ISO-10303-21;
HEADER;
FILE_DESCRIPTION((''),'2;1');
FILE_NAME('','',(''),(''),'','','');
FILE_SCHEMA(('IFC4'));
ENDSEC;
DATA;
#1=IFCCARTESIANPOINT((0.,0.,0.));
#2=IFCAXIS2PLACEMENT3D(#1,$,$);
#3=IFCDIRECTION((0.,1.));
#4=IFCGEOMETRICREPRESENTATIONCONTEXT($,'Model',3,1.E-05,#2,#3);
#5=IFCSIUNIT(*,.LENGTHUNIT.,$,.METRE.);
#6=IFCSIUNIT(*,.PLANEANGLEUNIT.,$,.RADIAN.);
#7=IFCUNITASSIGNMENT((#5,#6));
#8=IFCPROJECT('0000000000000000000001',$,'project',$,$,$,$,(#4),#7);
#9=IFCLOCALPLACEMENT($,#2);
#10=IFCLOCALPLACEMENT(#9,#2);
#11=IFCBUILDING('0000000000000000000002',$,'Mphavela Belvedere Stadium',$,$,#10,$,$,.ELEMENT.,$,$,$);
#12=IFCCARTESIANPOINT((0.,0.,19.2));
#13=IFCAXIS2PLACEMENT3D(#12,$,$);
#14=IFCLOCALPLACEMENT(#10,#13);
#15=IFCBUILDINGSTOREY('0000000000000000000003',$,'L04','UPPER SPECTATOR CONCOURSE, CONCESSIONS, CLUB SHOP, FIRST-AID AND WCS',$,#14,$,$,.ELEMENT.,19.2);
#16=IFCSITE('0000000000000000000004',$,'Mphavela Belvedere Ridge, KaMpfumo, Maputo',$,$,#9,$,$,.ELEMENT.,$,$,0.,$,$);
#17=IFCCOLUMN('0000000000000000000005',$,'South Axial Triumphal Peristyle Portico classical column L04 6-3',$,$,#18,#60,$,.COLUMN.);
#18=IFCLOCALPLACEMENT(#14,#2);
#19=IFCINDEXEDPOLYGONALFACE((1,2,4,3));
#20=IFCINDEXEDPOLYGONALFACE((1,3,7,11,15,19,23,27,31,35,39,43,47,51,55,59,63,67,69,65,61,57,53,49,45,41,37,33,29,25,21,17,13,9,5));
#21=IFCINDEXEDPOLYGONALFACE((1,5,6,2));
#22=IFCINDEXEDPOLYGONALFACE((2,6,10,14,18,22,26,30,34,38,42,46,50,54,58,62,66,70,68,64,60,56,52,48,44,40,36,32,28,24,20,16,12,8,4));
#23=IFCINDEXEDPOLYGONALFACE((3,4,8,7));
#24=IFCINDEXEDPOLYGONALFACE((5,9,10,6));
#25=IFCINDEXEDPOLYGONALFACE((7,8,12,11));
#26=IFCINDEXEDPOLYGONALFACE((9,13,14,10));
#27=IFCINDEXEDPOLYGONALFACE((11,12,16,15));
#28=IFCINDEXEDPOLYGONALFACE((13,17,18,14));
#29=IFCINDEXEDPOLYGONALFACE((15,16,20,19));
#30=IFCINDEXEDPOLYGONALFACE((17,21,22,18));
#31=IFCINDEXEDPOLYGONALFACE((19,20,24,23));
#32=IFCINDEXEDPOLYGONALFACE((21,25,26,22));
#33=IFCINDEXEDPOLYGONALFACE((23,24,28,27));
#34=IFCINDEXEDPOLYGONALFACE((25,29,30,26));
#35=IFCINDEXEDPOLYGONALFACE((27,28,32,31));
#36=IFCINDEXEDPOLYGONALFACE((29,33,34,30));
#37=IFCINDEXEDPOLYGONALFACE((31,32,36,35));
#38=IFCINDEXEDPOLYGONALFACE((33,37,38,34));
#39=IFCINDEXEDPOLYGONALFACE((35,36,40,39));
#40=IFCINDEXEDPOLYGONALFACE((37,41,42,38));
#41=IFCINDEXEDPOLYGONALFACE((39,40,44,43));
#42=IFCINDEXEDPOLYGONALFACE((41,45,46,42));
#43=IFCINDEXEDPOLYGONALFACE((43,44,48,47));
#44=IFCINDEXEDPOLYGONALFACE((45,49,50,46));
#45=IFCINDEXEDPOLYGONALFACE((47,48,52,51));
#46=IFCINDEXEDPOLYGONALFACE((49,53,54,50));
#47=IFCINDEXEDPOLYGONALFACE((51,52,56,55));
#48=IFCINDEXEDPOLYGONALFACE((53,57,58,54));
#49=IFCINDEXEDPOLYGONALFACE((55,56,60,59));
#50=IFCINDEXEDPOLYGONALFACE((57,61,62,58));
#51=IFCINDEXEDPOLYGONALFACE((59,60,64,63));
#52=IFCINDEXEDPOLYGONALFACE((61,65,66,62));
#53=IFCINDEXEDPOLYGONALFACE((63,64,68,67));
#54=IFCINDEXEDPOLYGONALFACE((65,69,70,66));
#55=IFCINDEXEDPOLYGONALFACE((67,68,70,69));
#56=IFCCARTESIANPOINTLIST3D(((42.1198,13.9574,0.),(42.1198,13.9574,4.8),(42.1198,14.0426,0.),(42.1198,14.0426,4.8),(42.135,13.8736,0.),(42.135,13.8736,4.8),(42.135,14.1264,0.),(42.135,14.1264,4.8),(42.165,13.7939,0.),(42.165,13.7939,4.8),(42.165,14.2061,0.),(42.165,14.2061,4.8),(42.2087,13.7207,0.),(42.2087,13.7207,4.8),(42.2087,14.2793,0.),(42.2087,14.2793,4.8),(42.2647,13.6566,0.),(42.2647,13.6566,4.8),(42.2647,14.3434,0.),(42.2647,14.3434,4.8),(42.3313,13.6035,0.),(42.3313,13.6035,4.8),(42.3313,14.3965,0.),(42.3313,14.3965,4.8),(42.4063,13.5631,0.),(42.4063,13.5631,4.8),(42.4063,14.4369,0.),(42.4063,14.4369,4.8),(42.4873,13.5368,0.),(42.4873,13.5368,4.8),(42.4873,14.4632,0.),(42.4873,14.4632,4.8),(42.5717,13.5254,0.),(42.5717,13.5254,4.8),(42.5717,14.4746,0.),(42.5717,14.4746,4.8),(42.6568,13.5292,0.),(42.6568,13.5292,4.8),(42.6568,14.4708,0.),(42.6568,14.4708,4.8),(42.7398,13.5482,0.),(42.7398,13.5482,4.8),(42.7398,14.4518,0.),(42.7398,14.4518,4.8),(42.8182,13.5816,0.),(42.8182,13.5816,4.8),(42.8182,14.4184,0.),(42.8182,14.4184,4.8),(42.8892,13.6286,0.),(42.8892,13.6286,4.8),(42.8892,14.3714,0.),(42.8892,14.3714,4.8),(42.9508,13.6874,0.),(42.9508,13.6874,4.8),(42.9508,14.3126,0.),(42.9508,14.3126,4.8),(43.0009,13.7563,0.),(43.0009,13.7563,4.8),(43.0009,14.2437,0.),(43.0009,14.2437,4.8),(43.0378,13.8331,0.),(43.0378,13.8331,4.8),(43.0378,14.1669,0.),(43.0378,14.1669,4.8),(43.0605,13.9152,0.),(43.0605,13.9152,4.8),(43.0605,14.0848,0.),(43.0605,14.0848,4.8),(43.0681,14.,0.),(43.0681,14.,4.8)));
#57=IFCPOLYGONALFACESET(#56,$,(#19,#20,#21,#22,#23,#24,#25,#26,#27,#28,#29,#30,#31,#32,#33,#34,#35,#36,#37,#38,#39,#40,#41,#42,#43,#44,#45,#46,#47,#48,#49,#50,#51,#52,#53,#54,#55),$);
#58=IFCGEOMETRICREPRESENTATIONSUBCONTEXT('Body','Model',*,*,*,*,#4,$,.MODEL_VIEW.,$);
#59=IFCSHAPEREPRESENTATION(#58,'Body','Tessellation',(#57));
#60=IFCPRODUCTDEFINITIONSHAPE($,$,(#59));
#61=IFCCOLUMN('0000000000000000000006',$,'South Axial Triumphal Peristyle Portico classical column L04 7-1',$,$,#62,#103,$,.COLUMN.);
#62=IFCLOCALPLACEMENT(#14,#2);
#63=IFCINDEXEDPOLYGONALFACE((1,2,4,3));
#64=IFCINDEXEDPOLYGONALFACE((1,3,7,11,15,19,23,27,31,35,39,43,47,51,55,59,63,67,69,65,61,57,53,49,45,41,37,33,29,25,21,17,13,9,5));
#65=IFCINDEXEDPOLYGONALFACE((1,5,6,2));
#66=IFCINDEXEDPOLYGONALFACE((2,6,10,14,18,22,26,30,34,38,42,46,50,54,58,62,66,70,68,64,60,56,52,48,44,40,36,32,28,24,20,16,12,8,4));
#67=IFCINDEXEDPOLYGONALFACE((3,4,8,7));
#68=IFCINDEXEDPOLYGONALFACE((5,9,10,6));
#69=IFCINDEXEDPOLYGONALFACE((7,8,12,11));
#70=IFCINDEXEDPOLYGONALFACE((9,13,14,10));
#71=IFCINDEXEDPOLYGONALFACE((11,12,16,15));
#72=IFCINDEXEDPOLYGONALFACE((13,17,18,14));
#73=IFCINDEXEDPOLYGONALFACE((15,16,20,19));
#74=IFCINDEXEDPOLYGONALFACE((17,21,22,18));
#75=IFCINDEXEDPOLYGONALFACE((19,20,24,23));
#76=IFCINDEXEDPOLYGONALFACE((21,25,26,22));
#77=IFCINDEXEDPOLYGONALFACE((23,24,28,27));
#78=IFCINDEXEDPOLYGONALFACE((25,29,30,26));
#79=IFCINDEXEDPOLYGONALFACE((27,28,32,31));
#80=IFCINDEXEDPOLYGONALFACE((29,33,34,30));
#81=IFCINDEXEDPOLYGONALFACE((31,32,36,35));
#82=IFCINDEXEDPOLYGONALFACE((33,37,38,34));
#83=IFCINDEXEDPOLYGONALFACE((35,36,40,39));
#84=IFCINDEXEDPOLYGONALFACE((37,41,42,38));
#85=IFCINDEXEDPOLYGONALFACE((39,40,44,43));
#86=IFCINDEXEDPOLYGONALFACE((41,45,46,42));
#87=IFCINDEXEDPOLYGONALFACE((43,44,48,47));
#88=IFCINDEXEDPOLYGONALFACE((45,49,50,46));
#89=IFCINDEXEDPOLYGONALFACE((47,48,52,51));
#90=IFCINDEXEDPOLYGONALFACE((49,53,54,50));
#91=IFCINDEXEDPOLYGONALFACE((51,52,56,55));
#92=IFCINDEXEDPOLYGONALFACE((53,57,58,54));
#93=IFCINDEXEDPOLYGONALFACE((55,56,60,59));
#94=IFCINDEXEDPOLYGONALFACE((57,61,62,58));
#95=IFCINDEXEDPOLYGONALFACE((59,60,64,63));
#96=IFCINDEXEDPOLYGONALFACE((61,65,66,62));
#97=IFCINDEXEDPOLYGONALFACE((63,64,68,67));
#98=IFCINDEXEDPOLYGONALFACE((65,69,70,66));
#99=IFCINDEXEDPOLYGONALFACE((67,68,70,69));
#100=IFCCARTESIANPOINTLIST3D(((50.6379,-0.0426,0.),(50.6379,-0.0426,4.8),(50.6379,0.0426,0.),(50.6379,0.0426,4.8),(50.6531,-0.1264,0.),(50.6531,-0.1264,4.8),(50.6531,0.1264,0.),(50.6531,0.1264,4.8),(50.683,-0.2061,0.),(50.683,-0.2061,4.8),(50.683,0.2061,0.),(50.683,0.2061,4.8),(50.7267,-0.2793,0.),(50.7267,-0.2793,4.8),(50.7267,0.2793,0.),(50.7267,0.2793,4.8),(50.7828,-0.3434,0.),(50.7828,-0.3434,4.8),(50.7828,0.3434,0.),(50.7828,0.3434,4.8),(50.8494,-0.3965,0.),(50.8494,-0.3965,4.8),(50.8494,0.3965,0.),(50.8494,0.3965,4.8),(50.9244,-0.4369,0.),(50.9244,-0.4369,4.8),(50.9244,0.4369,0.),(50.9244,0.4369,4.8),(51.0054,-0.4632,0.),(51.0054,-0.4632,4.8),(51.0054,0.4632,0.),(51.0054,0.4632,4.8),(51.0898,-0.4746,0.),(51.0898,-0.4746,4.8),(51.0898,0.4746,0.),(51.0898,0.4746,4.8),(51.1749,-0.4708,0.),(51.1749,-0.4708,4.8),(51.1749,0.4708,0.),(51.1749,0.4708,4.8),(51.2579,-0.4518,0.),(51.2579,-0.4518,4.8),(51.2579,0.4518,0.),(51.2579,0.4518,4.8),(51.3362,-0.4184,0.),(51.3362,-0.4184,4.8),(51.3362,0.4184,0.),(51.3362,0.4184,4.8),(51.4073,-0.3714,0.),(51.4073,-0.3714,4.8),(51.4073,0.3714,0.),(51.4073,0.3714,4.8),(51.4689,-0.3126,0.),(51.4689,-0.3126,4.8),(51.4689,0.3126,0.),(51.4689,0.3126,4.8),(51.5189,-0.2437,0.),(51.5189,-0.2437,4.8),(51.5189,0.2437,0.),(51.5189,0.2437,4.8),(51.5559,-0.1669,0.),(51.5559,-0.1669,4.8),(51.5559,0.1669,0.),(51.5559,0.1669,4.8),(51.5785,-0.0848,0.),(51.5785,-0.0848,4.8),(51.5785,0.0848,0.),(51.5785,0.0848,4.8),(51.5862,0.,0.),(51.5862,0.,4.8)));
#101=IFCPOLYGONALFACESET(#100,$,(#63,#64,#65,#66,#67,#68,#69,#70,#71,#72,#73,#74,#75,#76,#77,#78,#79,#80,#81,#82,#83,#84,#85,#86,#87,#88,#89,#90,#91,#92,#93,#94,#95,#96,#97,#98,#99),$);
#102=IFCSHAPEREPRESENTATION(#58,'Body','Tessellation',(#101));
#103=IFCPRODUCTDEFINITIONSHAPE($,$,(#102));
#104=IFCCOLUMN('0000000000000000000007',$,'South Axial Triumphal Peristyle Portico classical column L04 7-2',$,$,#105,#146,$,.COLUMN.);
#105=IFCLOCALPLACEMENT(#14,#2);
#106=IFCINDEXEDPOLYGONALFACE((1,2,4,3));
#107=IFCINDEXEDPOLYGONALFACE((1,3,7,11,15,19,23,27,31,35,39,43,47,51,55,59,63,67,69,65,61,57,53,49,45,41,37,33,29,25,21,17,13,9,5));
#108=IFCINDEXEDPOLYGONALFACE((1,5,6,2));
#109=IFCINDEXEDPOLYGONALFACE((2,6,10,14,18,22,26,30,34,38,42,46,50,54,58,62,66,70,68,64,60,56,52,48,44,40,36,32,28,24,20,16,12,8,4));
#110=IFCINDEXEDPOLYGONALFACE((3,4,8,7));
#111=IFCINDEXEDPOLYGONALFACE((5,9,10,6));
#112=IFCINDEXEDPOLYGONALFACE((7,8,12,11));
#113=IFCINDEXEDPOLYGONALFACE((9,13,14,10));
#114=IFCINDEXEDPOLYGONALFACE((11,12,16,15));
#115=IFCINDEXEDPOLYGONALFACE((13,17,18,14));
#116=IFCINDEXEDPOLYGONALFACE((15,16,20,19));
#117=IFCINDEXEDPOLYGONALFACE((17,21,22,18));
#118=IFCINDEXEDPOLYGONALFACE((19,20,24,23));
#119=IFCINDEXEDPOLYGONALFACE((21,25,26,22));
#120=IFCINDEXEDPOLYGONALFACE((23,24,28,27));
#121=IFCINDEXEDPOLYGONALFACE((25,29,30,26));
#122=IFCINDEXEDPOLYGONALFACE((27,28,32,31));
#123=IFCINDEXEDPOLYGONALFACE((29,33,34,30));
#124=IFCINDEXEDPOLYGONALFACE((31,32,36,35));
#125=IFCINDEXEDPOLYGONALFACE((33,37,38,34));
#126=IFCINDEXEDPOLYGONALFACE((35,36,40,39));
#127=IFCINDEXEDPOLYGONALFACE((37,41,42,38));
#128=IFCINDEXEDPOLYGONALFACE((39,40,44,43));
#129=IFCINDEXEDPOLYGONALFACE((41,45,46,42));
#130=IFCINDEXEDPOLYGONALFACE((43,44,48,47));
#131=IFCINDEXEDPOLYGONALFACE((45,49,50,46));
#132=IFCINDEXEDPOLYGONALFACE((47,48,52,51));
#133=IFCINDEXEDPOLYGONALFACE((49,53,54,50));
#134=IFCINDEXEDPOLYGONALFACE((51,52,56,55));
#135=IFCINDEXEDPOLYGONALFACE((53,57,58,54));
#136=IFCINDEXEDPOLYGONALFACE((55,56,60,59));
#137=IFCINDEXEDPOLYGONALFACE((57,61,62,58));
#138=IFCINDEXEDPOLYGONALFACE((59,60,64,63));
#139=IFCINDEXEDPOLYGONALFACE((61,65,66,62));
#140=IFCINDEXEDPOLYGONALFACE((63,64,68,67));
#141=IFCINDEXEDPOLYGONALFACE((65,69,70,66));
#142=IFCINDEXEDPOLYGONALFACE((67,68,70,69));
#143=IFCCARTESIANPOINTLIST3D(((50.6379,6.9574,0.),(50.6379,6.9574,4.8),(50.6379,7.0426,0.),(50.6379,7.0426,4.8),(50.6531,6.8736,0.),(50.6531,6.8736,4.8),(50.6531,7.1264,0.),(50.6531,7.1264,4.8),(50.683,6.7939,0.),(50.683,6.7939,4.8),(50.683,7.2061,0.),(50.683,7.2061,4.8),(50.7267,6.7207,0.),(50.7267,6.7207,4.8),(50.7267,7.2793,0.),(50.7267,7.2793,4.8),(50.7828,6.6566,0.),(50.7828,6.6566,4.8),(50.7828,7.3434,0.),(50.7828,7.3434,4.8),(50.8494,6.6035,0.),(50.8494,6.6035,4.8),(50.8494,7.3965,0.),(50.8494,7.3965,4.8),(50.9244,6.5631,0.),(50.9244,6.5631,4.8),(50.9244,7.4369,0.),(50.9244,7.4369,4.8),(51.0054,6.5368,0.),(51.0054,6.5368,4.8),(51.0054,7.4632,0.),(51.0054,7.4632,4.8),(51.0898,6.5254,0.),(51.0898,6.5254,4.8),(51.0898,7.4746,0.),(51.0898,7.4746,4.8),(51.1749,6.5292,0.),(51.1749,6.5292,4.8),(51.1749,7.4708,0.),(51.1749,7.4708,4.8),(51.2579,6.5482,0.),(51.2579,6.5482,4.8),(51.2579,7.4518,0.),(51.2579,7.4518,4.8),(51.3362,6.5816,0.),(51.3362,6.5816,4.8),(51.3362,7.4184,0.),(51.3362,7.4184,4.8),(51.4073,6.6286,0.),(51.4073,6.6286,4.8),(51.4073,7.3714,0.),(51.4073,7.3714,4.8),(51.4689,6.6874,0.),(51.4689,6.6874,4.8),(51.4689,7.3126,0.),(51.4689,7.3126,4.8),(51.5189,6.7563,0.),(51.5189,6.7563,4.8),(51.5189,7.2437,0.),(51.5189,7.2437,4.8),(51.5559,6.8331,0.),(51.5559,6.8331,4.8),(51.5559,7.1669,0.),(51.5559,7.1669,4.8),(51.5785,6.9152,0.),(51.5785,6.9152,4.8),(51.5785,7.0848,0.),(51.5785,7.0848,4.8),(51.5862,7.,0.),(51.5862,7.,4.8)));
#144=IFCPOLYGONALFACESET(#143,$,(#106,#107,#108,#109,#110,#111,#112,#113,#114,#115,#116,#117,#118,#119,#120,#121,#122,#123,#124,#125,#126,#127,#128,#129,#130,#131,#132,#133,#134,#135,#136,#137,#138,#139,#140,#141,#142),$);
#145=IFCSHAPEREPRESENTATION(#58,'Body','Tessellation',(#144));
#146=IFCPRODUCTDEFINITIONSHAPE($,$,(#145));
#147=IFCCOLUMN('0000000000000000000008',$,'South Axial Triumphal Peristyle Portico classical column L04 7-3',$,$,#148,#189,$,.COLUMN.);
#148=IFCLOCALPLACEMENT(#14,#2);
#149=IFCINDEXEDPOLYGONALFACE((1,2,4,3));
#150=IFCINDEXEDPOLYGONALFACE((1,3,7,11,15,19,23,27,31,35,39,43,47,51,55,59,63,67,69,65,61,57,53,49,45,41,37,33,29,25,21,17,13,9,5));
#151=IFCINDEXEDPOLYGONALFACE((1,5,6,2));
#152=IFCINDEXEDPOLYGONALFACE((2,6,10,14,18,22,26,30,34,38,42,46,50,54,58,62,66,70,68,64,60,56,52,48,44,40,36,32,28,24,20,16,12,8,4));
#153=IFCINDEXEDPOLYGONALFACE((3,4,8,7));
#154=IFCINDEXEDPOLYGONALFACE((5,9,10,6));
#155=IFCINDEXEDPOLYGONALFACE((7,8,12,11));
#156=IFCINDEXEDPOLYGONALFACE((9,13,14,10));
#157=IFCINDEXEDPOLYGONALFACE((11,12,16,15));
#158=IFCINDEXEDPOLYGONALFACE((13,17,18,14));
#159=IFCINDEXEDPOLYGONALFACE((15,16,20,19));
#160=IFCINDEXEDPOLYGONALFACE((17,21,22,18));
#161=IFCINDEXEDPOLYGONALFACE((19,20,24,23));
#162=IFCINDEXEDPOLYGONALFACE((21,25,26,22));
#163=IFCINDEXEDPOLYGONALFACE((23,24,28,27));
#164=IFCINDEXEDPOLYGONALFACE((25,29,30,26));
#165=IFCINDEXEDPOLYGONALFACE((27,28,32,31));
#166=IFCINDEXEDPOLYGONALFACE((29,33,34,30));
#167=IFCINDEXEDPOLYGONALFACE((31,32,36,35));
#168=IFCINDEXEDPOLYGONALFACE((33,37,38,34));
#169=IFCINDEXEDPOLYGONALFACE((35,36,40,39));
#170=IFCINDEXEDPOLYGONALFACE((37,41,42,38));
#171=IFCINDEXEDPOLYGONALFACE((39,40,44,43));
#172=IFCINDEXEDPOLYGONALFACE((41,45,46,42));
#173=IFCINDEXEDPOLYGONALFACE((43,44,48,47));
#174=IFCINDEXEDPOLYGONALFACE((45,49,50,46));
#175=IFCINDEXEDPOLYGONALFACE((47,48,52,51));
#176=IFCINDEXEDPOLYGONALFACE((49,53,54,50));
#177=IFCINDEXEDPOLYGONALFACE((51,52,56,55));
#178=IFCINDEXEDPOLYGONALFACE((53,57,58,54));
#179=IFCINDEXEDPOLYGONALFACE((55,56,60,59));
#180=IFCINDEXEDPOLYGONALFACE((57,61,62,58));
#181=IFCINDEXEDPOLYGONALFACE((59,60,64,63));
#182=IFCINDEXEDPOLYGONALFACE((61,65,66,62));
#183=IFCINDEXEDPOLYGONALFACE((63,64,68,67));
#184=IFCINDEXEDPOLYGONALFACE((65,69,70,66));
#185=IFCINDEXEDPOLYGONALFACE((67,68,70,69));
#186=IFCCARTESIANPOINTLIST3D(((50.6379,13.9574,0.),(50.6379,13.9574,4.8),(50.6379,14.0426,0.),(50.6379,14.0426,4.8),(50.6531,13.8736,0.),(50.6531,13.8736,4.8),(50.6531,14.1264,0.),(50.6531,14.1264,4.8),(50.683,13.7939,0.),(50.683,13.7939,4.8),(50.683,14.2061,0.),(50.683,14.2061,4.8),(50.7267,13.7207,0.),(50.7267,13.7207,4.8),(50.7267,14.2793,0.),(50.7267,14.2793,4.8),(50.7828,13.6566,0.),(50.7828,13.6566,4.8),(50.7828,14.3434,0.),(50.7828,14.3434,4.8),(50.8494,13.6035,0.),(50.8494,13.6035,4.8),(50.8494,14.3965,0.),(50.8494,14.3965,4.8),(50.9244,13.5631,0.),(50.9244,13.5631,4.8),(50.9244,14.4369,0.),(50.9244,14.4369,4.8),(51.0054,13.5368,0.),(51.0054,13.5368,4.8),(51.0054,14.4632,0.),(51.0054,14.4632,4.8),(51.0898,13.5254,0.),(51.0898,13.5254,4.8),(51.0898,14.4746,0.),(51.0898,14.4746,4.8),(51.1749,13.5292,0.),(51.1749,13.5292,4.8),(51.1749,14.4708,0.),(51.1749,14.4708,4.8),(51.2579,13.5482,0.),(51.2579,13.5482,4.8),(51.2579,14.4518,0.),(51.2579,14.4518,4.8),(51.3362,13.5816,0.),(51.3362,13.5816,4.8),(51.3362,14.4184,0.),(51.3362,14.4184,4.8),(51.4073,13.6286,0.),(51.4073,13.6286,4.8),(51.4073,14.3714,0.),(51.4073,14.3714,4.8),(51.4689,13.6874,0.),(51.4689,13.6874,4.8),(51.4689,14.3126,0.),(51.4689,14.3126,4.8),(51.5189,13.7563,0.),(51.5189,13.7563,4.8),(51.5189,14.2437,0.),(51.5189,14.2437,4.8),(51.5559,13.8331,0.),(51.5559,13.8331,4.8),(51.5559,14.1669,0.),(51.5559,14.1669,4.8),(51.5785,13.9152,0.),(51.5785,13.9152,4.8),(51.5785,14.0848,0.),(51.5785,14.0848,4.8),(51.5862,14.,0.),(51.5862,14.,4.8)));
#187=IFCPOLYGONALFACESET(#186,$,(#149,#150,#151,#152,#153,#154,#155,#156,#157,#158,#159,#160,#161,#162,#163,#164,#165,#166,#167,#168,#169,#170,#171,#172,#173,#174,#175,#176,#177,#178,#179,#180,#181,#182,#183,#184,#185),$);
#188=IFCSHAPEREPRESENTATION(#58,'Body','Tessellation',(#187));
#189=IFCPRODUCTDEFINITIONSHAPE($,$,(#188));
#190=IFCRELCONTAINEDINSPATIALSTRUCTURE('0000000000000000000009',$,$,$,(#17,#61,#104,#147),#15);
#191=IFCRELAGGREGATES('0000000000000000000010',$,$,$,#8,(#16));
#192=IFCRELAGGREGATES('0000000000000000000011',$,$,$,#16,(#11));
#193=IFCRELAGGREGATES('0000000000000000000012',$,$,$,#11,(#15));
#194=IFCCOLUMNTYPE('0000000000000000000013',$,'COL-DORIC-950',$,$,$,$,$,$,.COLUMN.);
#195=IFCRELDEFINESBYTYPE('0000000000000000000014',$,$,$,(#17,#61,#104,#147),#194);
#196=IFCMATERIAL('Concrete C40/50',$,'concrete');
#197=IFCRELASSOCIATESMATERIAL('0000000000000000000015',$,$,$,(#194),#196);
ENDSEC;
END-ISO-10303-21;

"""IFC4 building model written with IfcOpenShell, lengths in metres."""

from ifc_helpers import new_model, si_unit, direction, frame, origin, origin_2d, place, context, subcontext, project, spatial, circle, extrude, material, material_profile, profile_set, type_object, element, save


model = new_model("IFC4")

# Units and contexts
model_context = context("Model", 3, precision=1e-05, world=origin(), true_north=direction((0.0, 1.0)))
body_context = subcontext(model_context, "Body", "Model", "MODEL_VIEW")
ifc_project = project(units=[si_unit("LENGTHUNIT", "METRE"), si_unit("PLANEANGLEUNIT", "RADIAN")], contexts=[model_context])

# Site, building, storey
site_placement = place(None, origin())
site = spatial("IfcSite", under=ifc_project, at=site_placement, Name="Mphavela Belvedere Ridge, KaMpfumo, Maputo", CompositionType="ELEMENT", RefElevation=0.0)
building_placement = place(site_placement, origin())
building = spatial("IfcBuilding", under=site, at=building_placement, Name="Mphavela Belvedere Stadium", CompositionType="ELEMENT")
storey_placement = place(building_placement, frame((0.0, 0.0, 19.2)))
storey = spatial("IfcBuildingStorey", under=building, at=storey_placement, Name="L04", Description="UPPER SPECTATOR CONCOURSE, CONCESSIONS, CLUB SHOP, FIRST-AID AND WCS", CompositionType="ELEMENT", Elevation=19.2)

# Columns
ifc_material_1 = material(Name="Concrete C40/50", Category="concrete")
ifc_material_profile_1 = material_profile(ifc_material_1, circle(Radius=0.4751, at=origin_2d()), Name="COL D950")
ifc_profile_set_1 = profile_set([ifc_material_profile_1], Name="Concrete C40/50")
column_type = type_object("IfcColumnType", Name="COL-DORIC-950", PredefinedType="COLUMN", material=ifc_profile_set_1)
for number, where, z_axis, x_axis, name in (
    (1, (42.593, 14.0, 0.0), (0.0, 0.0, 1.0), (1.0, 0.0, 0.0), "South Axial Triumphal Peristyle Portico classical column L04 6-3"),
    (2, (51.1111, 0.0, 0.0), (0.0, 0.0, 1.0), (1.0, 0.0, 0.0), "South Axial Triumphal Peristyle Portico classical column L04 7-1"),
    (3, (51.1111, 7.0, 0.0), (0.0, 0.0, 1.0), (1.0, 0.0, 0.0), "South Axial Triumphal Peristyle Portico classical column L04 7-2"),
    (4, (51.1111, 14.0, 0.0), (0.0, 0.0, 1.0), (1.0, 0.0, 0.0), "South Axial Triumphal Peristyle Portico classical column L04 7-3"),
):
    element("IfcColumn", number, at=place(storey_placement, frame(where, z_axis=z_axis, x_axis=x_axis)), inside=storey, type_object=column_type, Name=name, PredefinedType="COLUMN", context=body_context, shape_type="SweptSolid", body=[
        extrude(circle(Radius=0.4751, at=origin_2d()), origin(), (0.0, 0.0, 1.0), 4.8),
    ])

save(model, "model.ifc")
